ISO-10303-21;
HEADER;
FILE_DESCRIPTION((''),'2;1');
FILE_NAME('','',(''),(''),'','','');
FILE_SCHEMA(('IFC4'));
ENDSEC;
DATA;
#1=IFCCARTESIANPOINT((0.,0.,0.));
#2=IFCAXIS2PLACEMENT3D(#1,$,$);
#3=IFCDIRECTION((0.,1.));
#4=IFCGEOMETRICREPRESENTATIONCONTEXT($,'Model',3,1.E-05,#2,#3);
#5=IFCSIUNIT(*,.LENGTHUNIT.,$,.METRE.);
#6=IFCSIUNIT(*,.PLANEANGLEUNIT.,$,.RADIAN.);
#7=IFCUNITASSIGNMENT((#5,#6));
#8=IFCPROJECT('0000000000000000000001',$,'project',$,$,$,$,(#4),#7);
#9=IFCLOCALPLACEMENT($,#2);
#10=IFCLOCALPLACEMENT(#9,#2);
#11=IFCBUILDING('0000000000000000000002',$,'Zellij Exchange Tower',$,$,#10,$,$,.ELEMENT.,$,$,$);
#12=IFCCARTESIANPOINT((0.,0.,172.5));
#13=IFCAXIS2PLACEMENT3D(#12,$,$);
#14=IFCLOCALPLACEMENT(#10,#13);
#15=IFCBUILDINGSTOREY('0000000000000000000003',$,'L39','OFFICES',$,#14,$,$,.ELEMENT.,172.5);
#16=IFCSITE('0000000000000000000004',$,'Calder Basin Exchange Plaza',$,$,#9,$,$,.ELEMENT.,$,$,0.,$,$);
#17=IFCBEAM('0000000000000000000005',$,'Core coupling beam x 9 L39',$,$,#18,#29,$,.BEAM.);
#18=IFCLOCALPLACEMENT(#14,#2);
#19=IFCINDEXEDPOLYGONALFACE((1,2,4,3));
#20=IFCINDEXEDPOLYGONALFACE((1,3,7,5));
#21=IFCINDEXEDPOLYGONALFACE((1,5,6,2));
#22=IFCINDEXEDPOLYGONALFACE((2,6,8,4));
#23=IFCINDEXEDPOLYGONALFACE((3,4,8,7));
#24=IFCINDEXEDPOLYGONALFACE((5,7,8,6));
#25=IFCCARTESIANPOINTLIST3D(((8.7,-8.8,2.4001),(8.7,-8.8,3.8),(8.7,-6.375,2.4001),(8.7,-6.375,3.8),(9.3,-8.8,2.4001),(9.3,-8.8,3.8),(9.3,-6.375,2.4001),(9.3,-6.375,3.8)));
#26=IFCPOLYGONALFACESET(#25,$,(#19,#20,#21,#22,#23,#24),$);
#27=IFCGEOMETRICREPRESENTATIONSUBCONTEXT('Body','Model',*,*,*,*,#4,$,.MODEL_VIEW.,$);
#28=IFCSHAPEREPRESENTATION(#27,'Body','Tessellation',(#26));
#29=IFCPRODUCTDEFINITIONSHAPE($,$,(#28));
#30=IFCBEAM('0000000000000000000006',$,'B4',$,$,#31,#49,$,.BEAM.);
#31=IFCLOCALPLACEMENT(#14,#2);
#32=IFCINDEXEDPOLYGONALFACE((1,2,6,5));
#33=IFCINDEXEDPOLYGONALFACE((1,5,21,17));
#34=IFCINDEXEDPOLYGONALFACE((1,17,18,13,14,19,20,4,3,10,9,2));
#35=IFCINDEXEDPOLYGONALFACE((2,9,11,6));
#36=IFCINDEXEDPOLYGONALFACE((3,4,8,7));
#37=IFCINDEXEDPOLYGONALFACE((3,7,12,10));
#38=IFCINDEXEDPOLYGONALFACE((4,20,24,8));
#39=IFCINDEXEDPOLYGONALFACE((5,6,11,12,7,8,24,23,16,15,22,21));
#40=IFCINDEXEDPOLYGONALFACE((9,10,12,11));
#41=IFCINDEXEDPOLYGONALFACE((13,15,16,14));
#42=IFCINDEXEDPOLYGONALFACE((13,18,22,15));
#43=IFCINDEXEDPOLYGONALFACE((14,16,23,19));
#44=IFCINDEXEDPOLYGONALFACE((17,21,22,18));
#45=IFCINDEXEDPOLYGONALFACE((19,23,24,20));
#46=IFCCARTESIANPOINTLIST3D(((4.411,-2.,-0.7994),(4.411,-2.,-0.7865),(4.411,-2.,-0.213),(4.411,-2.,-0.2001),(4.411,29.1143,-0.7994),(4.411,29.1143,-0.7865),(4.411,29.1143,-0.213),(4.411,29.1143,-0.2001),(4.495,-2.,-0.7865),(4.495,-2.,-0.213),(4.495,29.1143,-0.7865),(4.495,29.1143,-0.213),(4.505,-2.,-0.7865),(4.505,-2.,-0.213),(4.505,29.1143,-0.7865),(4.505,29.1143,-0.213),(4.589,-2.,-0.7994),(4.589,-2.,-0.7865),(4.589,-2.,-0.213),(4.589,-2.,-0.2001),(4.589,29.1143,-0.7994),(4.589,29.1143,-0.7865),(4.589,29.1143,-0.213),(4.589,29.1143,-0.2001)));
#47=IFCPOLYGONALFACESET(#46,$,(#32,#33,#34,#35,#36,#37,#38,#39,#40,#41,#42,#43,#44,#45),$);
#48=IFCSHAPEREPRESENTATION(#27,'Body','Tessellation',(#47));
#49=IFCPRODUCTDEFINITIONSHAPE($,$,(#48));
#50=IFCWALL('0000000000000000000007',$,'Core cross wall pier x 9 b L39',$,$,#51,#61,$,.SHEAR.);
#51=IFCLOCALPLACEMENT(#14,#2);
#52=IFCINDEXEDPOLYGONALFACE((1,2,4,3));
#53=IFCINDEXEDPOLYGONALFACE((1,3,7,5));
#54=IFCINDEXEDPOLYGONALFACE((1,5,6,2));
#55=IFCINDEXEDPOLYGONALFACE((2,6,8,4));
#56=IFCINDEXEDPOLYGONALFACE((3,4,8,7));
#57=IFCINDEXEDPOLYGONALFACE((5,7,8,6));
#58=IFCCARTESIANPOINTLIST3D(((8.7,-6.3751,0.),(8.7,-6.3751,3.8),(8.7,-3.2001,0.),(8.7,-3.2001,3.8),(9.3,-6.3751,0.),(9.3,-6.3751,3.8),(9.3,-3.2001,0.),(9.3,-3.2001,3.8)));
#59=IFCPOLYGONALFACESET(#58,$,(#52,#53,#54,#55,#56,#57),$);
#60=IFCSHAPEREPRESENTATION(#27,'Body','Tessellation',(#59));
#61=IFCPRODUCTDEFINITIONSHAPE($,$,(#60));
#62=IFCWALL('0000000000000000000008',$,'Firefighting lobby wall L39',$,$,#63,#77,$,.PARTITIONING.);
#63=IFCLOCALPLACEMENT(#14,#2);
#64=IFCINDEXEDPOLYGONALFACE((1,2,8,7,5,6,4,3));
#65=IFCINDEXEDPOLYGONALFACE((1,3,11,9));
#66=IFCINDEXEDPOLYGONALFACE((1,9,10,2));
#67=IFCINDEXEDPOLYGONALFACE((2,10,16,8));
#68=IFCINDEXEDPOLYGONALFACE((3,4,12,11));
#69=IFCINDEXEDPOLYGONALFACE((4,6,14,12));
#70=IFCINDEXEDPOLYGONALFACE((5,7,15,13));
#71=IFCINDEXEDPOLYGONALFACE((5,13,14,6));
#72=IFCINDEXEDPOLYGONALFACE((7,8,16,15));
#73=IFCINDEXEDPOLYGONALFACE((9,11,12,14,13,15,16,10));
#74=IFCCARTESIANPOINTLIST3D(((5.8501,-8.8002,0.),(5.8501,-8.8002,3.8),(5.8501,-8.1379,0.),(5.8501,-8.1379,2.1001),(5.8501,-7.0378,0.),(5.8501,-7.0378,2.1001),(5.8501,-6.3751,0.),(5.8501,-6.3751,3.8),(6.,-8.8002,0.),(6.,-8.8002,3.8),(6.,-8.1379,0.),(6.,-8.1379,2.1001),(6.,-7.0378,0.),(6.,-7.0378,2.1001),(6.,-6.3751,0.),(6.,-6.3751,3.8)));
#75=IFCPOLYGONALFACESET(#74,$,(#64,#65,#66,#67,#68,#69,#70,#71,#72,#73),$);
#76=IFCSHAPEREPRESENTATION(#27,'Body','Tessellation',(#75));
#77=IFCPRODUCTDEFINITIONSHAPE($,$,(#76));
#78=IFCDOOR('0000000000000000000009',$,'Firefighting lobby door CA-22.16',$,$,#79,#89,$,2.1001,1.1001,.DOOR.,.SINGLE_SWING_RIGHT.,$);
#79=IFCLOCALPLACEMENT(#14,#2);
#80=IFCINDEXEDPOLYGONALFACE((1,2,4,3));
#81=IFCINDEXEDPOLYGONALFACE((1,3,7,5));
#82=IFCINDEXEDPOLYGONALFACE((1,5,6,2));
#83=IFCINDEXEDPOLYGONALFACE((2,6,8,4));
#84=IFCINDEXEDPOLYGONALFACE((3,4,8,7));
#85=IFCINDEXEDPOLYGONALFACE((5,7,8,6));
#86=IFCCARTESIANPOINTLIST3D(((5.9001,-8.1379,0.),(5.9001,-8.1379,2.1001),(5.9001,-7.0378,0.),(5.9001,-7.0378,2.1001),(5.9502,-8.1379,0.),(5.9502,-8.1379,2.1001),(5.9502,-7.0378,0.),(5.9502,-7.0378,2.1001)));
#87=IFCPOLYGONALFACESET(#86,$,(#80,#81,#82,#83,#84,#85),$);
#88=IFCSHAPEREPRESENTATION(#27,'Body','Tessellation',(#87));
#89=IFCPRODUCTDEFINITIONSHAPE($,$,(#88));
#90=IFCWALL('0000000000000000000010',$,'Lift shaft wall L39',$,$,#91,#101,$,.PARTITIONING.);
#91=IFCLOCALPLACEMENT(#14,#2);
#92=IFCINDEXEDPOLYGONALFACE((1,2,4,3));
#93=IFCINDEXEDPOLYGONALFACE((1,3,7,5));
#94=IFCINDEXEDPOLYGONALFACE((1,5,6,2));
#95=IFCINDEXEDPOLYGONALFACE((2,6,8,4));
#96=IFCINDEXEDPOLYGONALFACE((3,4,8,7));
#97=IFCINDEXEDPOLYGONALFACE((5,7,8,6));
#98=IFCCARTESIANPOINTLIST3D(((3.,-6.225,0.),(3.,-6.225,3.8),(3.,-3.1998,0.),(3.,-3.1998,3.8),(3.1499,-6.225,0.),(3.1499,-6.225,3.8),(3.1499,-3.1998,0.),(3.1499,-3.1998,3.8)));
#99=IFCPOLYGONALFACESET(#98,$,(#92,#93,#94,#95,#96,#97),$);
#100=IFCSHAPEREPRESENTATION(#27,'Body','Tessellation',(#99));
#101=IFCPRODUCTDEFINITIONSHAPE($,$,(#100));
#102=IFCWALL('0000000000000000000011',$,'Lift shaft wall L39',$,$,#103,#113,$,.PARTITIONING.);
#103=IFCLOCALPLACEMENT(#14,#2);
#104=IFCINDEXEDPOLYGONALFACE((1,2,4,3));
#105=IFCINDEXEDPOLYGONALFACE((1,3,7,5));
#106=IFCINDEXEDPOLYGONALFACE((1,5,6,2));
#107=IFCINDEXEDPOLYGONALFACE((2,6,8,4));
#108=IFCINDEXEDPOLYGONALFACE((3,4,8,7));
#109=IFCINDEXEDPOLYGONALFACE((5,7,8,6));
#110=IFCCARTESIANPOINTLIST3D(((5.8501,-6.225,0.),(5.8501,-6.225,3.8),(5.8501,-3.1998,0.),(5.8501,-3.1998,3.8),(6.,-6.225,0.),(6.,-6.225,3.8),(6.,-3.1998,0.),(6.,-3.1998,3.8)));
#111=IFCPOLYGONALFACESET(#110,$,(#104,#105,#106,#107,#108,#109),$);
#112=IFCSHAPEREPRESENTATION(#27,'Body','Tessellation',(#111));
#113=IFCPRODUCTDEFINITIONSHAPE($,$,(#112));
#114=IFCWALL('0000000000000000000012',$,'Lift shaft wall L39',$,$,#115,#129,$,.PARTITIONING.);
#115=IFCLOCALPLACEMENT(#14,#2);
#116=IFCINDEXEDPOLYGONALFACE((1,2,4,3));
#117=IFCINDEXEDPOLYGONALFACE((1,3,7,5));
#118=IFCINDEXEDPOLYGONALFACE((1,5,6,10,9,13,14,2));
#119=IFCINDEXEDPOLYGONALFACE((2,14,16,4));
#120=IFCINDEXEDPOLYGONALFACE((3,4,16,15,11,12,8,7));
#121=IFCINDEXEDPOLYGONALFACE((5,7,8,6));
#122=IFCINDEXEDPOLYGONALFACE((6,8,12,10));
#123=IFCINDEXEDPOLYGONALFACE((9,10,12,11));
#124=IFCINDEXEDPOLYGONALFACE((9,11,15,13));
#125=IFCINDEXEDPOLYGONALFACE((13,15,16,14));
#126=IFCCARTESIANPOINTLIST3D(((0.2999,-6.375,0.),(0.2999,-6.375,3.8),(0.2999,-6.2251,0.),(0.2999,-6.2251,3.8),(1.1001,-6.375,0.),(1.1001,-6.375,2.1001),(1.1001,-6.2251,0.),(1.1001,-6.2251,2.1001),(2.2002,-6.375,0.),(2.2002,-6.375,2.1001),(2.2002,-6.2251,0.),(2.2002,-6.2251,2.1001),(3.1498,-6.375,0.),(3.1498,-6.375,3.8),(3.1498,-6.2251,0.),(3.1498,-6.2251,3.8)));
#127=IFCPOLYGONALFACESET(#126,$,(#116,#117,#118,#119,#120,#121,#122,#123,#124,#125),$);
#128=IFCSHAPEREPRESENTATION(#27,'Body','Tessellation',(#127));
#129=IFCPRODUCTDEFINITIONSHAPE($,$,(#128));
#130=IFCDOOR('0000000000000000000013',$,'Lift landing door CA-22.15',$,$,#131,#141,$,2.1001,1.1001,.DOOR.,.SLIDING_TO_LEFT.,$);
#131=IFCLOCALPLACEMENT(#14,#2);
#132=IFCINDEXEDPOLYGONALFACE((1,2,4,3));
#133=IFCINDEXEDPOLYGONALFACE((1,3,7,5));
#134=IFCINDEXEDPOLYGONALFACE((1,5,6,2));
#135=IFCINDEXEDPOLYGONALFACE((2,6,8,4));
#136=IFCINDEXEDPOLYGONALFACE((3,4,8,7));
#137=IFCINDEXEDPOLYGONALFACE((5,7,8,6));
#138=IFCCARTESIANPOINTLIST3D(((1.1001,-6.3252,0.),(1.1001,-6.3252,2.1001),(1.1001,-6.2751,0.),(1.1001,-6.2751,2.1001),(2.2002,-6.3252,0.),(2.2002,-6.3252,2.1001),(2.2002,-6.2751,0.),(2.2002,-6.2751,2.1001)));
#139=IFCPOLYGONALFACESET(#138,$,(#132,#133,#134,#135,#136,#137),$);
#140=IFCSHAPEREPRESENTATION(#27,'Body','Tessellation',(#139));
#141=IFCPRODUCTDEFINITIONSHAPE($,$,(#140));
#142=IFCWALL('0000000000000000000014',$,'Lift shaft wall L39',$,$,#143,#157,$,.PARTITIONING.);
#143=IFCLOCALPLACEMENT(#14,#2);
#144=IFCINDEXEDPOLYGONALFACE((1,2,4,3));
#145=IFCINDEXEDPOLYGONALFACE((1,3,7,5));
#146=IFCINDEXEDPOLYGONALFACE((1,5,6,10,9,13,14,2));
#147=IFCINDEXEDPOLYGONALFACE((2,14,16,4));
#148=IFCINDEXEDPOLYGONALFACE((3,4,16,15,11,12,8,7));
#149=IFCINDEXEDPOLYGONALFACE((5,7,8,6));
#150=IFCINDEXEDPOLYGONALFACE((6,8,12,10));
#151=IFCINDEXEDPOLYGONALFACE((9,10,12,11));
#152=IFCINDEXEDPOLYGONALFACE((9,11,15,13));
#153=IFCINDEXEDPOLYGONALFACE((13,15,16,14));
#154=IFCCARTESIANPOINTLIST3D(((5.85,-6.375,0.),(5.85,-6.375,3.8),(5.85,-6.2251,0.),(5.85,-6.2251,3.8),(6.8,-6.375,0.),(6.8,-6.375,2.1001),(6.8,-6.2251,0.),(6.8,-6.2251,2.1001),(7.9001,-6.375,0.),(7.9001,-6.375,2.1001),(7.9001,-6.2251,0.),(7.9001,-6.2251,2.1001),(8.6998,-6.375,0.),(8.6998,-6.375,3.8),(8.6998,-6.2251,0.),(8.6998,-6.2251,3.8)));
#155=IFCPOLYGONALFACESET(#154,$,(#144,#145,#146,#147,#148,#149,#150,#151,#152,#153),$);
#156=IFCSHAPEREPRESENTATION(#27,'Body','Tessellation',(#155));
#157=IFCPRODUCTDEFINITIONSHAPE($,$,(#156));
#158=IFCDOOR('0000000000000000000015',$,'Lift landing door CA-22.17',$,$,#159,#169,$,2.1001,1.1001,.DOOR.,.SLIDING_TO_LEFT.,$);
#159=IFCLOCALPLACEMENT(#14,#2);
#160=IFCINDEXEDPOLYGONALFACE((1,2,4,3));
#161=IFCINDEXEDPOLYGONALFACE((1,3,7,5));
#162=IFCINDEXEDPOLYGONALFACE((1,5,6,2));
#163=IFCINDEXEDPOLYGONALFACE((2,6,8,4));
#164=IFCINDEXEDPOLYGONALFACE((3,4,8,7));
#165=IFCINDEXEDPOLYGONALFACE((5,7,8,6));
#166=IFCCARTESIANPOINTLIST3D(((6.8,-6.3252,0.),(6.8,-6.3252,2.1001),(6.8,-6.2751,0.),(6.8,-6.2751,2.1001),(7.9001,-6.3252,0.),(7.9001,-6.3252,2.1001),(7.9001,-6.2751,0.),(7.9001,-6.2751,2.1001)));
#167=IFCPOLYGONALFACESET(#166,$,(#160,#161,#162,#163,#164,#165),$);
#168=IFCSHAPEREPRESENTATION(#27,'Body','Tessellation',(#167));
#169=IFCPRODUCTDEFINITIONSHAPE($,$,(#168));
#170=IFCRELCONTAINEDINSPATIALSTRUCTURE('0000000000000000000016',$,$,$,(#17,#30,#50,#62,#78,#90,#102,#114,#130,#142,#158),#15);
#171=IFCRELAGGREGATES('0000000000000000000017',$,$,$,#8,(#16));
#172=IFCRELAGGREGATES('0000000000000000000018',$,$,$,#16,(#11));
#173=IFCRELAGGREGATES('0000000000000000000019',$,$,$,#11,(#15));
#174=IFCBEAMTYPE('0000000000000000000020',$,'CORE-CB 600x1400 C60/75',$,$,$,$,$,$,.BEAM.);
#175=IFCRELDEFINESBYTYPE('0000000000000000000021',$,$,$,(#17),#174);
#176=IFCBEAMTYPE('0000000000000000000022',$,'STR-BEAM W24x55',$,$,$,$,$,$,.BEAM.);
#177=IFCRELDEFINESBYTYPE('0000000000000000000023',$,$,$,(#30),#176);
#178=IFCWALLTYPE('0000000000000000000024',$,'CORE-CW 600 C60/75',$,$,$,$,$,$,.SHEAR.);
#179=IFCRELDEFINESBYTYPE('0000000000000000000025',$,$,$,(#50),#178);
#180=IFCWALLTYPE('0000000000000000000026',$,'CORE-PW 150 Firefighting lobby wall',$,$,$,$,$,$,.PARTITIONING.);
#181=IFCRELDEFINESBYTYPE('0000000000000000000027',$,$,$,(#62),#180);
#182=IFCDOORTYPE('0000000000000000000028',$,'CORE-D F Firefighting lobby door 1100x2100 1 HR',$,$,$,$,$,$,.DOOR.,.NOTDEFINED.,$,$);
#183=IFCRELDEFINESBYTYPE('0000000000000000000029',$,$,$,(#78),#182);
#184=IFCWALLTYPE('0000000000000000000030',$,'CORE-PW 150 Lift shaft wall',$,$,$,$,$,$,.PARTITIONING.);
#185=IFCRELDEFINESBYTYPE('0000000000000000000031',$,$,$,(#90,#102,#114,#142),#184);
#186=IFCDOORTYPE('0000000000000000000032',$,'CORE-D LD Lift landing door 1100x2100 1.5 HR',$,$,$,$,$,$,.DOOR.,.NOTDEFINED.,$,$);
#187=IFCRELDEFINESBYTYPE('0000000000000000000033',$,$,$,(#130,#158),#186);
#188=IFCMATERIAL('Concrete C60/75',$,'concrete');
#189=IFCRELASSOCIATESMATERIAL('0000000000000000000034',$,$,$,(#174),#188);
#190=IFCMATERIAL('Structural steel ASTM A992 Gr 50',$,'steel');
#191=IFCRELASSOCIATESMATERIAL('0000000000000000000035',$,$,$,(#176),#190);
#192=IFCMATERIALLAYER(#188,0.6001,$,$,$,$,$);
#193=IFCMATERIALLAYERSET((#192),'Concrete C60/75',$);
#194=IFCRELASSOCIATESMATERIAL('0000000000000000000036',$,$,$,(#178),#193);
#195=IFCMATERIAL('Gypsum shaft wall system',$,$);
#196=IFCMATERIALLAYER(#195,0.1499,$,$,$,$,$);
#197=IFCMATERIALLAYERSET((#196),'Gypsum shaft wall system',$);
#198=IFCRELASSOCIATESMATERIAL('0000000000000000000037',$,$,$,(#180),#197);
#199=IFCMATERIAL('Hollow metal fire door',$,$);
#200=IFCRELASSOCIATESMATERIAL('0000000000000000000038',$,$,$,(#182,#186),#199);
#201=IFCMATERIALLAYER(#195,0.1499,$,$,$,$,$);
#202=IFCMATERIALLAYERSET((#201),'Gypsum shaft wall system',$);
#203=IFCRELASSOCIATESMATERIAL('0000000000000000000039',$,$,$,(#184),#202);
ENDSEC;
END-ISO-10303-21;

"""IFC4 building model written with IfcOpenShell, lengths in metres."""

from ifc_helpers import new_model, si_unit, direction, frame, frame_2d, origin, origin_2d, place, context, subcontext, project, spatial, rectangle, i_section, extrude, material, layer, layer_set, material_profile, profile_set, type_object, element, fill, save


model = new_model("IFC4")

# Units and contexts
model_context = context("Model", 3, precision=1e-05, world=origin(), true_north=direction((0.0, 1.0)))
body_context = subcontext(model_context, "Body", "Model", "MODEL_VIEW")
ifc_project = project(units=[si_unit("LENGTHUNIT", "METRE"), si_unit("PLANEANGLEUNIT", "RADIAN")], contexts=[model_context])

# Site, building, storey
site_placement = place(None, origin())
site = spatial("IfcSite", under=ifc_project, at=site_placement, Name="Calder Basin Exchange Plaza", CompositionType="ELEMENT", RefElevation=0.0)
building_placement = place(site_placement, origin())
building = spatial("IfcBuilding", under=site, at=building_placement, Name="Zellij Exchange Tower", CompositionType="ELEMENT")
storey_placement = place(building_placement, frame((0.0, 0.0, 172.5)))
storey = spatial("IfcBuildingStorey", under=building, at=storey_placement, Name="L39", Description="OFFICES", CompositionType="ELEMENT", Elevation=172.5)

# Beams
ifc_material_1 = material(Name="Concrete C60/75", Category="concrete")
ifc_material_profile_1 = material_profile(ifc_material_1, rectangle(XDim=0.6001, YDim=1.3999, at=origin_2d()), Name="CORE-CB 600x1400 C60/75")
ifc_profile_set_1 = profile_set([ifc_material_profile_1], Name="Concrete C60/75")
beam_type_1 = type_object("IfcBeamType", Name="CORE-CB 600x1400 C60/75", PredefinedType="BEAM", material=ifc_profile_set_1)
beam_1_placement = place(storey_placement, frame((9.0, -8.8, 3.1001), z_axis=(0.0, 1.0, 0.0), x_axis=(-1.0, 0.0, 0.0)))
element("IfcBeam", 1, at=beam_1_placement, inside=storey, type_object=beam_type_1, Name="Core coupling beam x 9 L39", PredefinedType="BEAM", context=body_context, shape_type="SweptSolid", body=[
    extrude(rectangle(XDim=0.6001, YDim=1.3999, at=origin_2d()), origin(), (0.0, 0.0, 1.0), 2.425),
])
ifc_material_2 = material(Name="Structural steel ASTM A992 Gr 50", Category="steel")
ifc_material_profile_2 = material_profile(ifc_material_2, i_section(OverallWidth=0.178, OverallDepth=0.5994, WebThickness=0.01, FlangeThickness=0.0129, at=origin_2d()), Name="W24x55")
ifc_profile_set_2 = profile_set([ifc_material_profile_2], Name="Structural steel ASTM A992 Gr 50")
beam_type_2 = type_object("IfcBeamType", Name="STR-BEAM W24x55", PredefinedType="BEAM", material=ifc_profile_set_2)
beam_2_placement = place(storey_placement, frame((4.5, -2.0, -0.4998), z_axis=(0.0, 1.0, 0.0), x_axis=(-1.0, 0.0, 0.0)))
element("IfcBeam", 2, at=beam_2_placement, inside=storey, type_object=beam_type_2, Name="B4", PredefinedType="BEAM", context=body_context, shape_type="SweptSolid", body=[
    extrude(i_section(OverallWidth=0.178, OverallDepth=0.5994, WebThickness=0.01, FlangeThickness=0.0129, at=origin_2d()), origin(), (0.0, 0.0, 1.0), 31.1143),
])

# Wall
ifc_layer_1 = layer(ifc_material_1, 0.6001)
ifc_layer_set_1 = layer_set([ifc_layer_1], Name="Concrete C60/75")
wall_type_1 = type_object("IfcWallType", Name="CORE-CW 600 C60/75", PredefinedType="SHEAR", material=ifc_layer_set_1)
wall_1_placement = place(storey_placement, frame((9.0, -6.375, 0.0), z_axis=(0.0, 0.0, 1.0), x_axis=(0.0, 1.0, 0.0)))
element("IfcWall", 3, at=wall_1_placement, inside=storey, type_object=wall_type_1, Name="Core cross wall pier x 9 b L39", PredefinedType="SHEAR", context=body_context, shape_type="SweptSolid", body=[
    extrude(rectangle(XDim=3.175, YDim=0.6001, at=frame_2d((1.5874, 0.0))), origin(), (0.0, 0.0, 1.0), 3.8),
])

# Wall, opening, door
ifc_material_3 = material(Name="Gypsum shaft wall system")
ifc_layer_2 = layer(ifc_material_3, 0.1499)
ifc_layer_set_2 = layer_set([ifc_layer_2], Name="Gypsum shaft wall system")
wall_type_2 = type_object("IfcWallType", Name="CORE-PW 150 Firefighting lobby wall", PredefinedType="PARTITIONING", material=ifc_layer_set_2)
wall_2_placement = place(storey_placement, frame((5.925, -8.8, 0.0), z_axis=(0.0, 0.0, 1.0), x_axis=(0.0, 1.0, 0.0)))
wall_2 = element("IfcWall", 4, at=wall_2_placement, inside=storey, type_object=wall_type_2, Name="Firefighting lobby wall L39", PredefinedType="PARTITIONING", context=body_context, shape_type="SweptSolid", body=[
    extrude(rectangle(XDim=2.425, YDim=0.1499, at=frame_2d((1.2124, 0.0))), origin(), (0.0, 0.0, 1.0), 3.8),
])
opening_1_placement = place(wall_2_placement, frame((0.6621, 0.0, 0.0)))
opening_1 = element("IfcOpeningElement", 5, at=opening_1_placement, cuts=wall_2, PredefinedType="OPENING", context=body_context, shape_type="SweptSolid", body=[
    extrude(rectangle(XDim=1.1001, YDim=2.1001, at=frame_2d((0.55, 1.05))), frame((0.0, 0.0869, 0.0), z_axis=(0.0, -1.0, 0.0), x_axis=(1.0, 0.0, 0.0)), (0.0, 0.0, 1.0), 0.1738),
])
ifc_material_4 = material(Name="Hollow metal fire door")
door_type_1 = type_object("IfcDoorType", Name="CORE-D F Firefighting lobby door 1100x2100 1 HR", OperationType="NOTDEFINED", PredefinedType="DOOR", material=ifc_material_4)
door_1_placement = place(opening_1_placement, origin())
door_1 = element("IfcDoor", 6, at=door_1_placement, inside=storey, type_object=door_type_1, Name="Firefighting lobby door CA-22.16", OperationType="SINGLE_SWING_RIGHT", OverallHeight=2.1001, OverallWidth=1.1001, PredefinedType="DOOR", context=body_context, shape_type="SweptSolid", body=[
    extrude(rectangle(XDim=1.1001, YDim=2.1001, at=frame_2d((0.55, 1.05))), frame((0.0, 0.0249, 0.0), z_axis=(0.0, -1.0, 0.0), x_axis=(1.0, 0.0, 0.0)), (0.0, 0.0, 1.0), 0.05),
])
fill(opening_1, door_1)

# Walls
ifc_layer_3 = layer(ifc_material_3, 0.1499)
ifc_layer_set_3 = layer_set([ifc_layer_3], Name="Gypsum shaft wall system")
wall_type_3 = type_object("IfcWallType", Name="CORE-PW 150 Lift shaft wall", PredefinedType="PARTITIONING", material=ifc_layer_set_3)
for number, where, z_axis, x_axis, name in (
    (7, (3.075, -6.2251, 0.0), (0.0, 0.0, 1.0), (0.0, 1.0, 0.0), "Lift shaft wall L39"),
    (8, (5.925, -6.2251, 0.0), (0.0, 0.0, 1.0), (0.0, 1.0, 0.0), "Lift shaft wall L39"),
):
    element("IfcWall", number, at=place(storey_placement, frame(where, z_axis=z_axis, x_axis=x_axis)), inside=storey, type_object=wall_type_3, Name=name, PredefinedType="PARTITIONING", context=body_context, shape_type="SweptSolid", body=[
        extrude(rectangle(XDim=3.0251, YDim=0.1499, at=frame_2d((1.5127, 0.0))), origin(), (0.0, 0.0, 1.0), 3.8),
    ])

# Walls, openings, doors
wall_3_placement = place(storey_placement, frame((0.3, -6.3, 0.0), z_axis=(0.0, 0.0, 1.0), x_axis=(1.0, 0.0, 0.0)))
wall_3 = element("IfcWall", 9, at=wall_3_placement, inside=storey, type_object=wall_type_3, Name="Lift shaft wall L39", PredefinedType="PARTITIONING", context=body_context, shape_type="SweptSolid", body=[
    extrude(rectangle(XDim=2.8499, YDim=0.1499, at=frame_2d((1.4248, 0.0))), origin(), (0.0, 0.0, 1.0), 3.8),
])
opening_2_placement = place(wall_3_placement, frame((0.8, 0.0, 0.0)))
opening_2 = element("IfcOpeningElement", 10, at=opening_2_placement, cuts=wall_3, PredefinedType="OPENING", context=body_context, shape_type="SweptSolid", body=[
    extrude(rectangle(XDim=1.1001, YDim=2.1001, at=frame_2d((0.55, 1.05))), frame((0.0, 0.0869, 0.0), z_axis=(0.0, -1.0, 0.0), x_axis=(1.0, 0.0, 0.0)), (0.0, 0.0, 1.0), 0.1738),
])
door_type_2 = type_object("IfcDoorType", Name="CORE-D LD Lift landing door 1100x2100 1.5 HR", OperationType="NOTDEFINED", PredefinedType="DOOR", material=ifc_material_4)
door_2_placement = place(opening_2_placement, origin())
door_2 = element("IfcDoor", 11, at=door_2_placement, inside=storey, type_object=door_type_2, Name="Lift landing door CA-22.15", OperationType="SLIDING_TO_LEFT", OverallHeight=2.1001, OverallWidth=1.1001, PredefinedType="DOOR", context=body_context, shape_type="SweptSolid", body=[
    extrude(rectangle(XDim=1.1001, YDim=2.1001, at=frame_2d((0.55, 1.05))), frame((0.0, 0.0249, 0.0), z_axis=(0.0, -1.0, 0.0), x_axis=(1.0, 0.0, 0.0)), (0.0, 0.0, 1.0), 0.05),
])
fill(opening_2, door_2)
wall_4_placement = place(storey_placement, frame((5.8501, -6.3, 0.0), z_axis=(0.0, 0.0, 1.0), x_axis=(1.0, 0.0, 0.0)))
wall_4 = element("IfcWall", 12, at=wall_4_placement, inside=storey, type_object=wall_type_3, Name="Lift shaft wall L39", PredefinedType="PARTITIONING", context=body_context, shape_type="SweptSolid", body=[
    extrude(rectangle(XDim=2.8499, YDim=0.1499, at=frame_2d((1.4248, 0.0))), origin(), (0.0, 0.0, 1.0), 3.8),
])
opening_3_placement = place(wall_4_placement, frame((0.95, 0.0, 0.0)))
opening_3 = element("IfcOpeningElement", 13, at=opening_3_placement, cuts=wall_4, PredefinedType="OPENING", context=body_context, shape_type="SweptSolid", body=[
    extrude(rectangle(XDim=1.1001, YDim=2.1001, at=frame_2d((0.55, 1.05))), frame((0.0, 0.0869, 0.0), z_axis=(0.0, -1.0, 0.0), x_axis=(1.0, 0.0, 0.0)), (0.0, 0.0, 1.0), 0.1738),
])
door_3_placement = place(opening_3_placement, origin())
door_3 = element("IfcDoor", 14, at=door_3_placement, inside=storey, type_object=door_type_2, Name="Lift landing door CA-22.17", OperationType="SLIDING_TO_LEFT", OverallHeight=2.1001, OverallWidth=1.1001, PredefinedType="DOOR", context=body_context, shape_type="SweptSolid", body=[
    extrude(rectangle(XDim=1.1001, YDim=2.1001, at=frame_2d((0.55, 1.05))), frame((0.0, 0.0249, 0.0), z_axis=(0.0, -1.0, 0.0), x_axis=(1.0, 0.0, 0.0)), (0.0, 0.0, 1.0), 0.05),
])
fill(opening_3, door_3)

save(model, "model.ifc")
